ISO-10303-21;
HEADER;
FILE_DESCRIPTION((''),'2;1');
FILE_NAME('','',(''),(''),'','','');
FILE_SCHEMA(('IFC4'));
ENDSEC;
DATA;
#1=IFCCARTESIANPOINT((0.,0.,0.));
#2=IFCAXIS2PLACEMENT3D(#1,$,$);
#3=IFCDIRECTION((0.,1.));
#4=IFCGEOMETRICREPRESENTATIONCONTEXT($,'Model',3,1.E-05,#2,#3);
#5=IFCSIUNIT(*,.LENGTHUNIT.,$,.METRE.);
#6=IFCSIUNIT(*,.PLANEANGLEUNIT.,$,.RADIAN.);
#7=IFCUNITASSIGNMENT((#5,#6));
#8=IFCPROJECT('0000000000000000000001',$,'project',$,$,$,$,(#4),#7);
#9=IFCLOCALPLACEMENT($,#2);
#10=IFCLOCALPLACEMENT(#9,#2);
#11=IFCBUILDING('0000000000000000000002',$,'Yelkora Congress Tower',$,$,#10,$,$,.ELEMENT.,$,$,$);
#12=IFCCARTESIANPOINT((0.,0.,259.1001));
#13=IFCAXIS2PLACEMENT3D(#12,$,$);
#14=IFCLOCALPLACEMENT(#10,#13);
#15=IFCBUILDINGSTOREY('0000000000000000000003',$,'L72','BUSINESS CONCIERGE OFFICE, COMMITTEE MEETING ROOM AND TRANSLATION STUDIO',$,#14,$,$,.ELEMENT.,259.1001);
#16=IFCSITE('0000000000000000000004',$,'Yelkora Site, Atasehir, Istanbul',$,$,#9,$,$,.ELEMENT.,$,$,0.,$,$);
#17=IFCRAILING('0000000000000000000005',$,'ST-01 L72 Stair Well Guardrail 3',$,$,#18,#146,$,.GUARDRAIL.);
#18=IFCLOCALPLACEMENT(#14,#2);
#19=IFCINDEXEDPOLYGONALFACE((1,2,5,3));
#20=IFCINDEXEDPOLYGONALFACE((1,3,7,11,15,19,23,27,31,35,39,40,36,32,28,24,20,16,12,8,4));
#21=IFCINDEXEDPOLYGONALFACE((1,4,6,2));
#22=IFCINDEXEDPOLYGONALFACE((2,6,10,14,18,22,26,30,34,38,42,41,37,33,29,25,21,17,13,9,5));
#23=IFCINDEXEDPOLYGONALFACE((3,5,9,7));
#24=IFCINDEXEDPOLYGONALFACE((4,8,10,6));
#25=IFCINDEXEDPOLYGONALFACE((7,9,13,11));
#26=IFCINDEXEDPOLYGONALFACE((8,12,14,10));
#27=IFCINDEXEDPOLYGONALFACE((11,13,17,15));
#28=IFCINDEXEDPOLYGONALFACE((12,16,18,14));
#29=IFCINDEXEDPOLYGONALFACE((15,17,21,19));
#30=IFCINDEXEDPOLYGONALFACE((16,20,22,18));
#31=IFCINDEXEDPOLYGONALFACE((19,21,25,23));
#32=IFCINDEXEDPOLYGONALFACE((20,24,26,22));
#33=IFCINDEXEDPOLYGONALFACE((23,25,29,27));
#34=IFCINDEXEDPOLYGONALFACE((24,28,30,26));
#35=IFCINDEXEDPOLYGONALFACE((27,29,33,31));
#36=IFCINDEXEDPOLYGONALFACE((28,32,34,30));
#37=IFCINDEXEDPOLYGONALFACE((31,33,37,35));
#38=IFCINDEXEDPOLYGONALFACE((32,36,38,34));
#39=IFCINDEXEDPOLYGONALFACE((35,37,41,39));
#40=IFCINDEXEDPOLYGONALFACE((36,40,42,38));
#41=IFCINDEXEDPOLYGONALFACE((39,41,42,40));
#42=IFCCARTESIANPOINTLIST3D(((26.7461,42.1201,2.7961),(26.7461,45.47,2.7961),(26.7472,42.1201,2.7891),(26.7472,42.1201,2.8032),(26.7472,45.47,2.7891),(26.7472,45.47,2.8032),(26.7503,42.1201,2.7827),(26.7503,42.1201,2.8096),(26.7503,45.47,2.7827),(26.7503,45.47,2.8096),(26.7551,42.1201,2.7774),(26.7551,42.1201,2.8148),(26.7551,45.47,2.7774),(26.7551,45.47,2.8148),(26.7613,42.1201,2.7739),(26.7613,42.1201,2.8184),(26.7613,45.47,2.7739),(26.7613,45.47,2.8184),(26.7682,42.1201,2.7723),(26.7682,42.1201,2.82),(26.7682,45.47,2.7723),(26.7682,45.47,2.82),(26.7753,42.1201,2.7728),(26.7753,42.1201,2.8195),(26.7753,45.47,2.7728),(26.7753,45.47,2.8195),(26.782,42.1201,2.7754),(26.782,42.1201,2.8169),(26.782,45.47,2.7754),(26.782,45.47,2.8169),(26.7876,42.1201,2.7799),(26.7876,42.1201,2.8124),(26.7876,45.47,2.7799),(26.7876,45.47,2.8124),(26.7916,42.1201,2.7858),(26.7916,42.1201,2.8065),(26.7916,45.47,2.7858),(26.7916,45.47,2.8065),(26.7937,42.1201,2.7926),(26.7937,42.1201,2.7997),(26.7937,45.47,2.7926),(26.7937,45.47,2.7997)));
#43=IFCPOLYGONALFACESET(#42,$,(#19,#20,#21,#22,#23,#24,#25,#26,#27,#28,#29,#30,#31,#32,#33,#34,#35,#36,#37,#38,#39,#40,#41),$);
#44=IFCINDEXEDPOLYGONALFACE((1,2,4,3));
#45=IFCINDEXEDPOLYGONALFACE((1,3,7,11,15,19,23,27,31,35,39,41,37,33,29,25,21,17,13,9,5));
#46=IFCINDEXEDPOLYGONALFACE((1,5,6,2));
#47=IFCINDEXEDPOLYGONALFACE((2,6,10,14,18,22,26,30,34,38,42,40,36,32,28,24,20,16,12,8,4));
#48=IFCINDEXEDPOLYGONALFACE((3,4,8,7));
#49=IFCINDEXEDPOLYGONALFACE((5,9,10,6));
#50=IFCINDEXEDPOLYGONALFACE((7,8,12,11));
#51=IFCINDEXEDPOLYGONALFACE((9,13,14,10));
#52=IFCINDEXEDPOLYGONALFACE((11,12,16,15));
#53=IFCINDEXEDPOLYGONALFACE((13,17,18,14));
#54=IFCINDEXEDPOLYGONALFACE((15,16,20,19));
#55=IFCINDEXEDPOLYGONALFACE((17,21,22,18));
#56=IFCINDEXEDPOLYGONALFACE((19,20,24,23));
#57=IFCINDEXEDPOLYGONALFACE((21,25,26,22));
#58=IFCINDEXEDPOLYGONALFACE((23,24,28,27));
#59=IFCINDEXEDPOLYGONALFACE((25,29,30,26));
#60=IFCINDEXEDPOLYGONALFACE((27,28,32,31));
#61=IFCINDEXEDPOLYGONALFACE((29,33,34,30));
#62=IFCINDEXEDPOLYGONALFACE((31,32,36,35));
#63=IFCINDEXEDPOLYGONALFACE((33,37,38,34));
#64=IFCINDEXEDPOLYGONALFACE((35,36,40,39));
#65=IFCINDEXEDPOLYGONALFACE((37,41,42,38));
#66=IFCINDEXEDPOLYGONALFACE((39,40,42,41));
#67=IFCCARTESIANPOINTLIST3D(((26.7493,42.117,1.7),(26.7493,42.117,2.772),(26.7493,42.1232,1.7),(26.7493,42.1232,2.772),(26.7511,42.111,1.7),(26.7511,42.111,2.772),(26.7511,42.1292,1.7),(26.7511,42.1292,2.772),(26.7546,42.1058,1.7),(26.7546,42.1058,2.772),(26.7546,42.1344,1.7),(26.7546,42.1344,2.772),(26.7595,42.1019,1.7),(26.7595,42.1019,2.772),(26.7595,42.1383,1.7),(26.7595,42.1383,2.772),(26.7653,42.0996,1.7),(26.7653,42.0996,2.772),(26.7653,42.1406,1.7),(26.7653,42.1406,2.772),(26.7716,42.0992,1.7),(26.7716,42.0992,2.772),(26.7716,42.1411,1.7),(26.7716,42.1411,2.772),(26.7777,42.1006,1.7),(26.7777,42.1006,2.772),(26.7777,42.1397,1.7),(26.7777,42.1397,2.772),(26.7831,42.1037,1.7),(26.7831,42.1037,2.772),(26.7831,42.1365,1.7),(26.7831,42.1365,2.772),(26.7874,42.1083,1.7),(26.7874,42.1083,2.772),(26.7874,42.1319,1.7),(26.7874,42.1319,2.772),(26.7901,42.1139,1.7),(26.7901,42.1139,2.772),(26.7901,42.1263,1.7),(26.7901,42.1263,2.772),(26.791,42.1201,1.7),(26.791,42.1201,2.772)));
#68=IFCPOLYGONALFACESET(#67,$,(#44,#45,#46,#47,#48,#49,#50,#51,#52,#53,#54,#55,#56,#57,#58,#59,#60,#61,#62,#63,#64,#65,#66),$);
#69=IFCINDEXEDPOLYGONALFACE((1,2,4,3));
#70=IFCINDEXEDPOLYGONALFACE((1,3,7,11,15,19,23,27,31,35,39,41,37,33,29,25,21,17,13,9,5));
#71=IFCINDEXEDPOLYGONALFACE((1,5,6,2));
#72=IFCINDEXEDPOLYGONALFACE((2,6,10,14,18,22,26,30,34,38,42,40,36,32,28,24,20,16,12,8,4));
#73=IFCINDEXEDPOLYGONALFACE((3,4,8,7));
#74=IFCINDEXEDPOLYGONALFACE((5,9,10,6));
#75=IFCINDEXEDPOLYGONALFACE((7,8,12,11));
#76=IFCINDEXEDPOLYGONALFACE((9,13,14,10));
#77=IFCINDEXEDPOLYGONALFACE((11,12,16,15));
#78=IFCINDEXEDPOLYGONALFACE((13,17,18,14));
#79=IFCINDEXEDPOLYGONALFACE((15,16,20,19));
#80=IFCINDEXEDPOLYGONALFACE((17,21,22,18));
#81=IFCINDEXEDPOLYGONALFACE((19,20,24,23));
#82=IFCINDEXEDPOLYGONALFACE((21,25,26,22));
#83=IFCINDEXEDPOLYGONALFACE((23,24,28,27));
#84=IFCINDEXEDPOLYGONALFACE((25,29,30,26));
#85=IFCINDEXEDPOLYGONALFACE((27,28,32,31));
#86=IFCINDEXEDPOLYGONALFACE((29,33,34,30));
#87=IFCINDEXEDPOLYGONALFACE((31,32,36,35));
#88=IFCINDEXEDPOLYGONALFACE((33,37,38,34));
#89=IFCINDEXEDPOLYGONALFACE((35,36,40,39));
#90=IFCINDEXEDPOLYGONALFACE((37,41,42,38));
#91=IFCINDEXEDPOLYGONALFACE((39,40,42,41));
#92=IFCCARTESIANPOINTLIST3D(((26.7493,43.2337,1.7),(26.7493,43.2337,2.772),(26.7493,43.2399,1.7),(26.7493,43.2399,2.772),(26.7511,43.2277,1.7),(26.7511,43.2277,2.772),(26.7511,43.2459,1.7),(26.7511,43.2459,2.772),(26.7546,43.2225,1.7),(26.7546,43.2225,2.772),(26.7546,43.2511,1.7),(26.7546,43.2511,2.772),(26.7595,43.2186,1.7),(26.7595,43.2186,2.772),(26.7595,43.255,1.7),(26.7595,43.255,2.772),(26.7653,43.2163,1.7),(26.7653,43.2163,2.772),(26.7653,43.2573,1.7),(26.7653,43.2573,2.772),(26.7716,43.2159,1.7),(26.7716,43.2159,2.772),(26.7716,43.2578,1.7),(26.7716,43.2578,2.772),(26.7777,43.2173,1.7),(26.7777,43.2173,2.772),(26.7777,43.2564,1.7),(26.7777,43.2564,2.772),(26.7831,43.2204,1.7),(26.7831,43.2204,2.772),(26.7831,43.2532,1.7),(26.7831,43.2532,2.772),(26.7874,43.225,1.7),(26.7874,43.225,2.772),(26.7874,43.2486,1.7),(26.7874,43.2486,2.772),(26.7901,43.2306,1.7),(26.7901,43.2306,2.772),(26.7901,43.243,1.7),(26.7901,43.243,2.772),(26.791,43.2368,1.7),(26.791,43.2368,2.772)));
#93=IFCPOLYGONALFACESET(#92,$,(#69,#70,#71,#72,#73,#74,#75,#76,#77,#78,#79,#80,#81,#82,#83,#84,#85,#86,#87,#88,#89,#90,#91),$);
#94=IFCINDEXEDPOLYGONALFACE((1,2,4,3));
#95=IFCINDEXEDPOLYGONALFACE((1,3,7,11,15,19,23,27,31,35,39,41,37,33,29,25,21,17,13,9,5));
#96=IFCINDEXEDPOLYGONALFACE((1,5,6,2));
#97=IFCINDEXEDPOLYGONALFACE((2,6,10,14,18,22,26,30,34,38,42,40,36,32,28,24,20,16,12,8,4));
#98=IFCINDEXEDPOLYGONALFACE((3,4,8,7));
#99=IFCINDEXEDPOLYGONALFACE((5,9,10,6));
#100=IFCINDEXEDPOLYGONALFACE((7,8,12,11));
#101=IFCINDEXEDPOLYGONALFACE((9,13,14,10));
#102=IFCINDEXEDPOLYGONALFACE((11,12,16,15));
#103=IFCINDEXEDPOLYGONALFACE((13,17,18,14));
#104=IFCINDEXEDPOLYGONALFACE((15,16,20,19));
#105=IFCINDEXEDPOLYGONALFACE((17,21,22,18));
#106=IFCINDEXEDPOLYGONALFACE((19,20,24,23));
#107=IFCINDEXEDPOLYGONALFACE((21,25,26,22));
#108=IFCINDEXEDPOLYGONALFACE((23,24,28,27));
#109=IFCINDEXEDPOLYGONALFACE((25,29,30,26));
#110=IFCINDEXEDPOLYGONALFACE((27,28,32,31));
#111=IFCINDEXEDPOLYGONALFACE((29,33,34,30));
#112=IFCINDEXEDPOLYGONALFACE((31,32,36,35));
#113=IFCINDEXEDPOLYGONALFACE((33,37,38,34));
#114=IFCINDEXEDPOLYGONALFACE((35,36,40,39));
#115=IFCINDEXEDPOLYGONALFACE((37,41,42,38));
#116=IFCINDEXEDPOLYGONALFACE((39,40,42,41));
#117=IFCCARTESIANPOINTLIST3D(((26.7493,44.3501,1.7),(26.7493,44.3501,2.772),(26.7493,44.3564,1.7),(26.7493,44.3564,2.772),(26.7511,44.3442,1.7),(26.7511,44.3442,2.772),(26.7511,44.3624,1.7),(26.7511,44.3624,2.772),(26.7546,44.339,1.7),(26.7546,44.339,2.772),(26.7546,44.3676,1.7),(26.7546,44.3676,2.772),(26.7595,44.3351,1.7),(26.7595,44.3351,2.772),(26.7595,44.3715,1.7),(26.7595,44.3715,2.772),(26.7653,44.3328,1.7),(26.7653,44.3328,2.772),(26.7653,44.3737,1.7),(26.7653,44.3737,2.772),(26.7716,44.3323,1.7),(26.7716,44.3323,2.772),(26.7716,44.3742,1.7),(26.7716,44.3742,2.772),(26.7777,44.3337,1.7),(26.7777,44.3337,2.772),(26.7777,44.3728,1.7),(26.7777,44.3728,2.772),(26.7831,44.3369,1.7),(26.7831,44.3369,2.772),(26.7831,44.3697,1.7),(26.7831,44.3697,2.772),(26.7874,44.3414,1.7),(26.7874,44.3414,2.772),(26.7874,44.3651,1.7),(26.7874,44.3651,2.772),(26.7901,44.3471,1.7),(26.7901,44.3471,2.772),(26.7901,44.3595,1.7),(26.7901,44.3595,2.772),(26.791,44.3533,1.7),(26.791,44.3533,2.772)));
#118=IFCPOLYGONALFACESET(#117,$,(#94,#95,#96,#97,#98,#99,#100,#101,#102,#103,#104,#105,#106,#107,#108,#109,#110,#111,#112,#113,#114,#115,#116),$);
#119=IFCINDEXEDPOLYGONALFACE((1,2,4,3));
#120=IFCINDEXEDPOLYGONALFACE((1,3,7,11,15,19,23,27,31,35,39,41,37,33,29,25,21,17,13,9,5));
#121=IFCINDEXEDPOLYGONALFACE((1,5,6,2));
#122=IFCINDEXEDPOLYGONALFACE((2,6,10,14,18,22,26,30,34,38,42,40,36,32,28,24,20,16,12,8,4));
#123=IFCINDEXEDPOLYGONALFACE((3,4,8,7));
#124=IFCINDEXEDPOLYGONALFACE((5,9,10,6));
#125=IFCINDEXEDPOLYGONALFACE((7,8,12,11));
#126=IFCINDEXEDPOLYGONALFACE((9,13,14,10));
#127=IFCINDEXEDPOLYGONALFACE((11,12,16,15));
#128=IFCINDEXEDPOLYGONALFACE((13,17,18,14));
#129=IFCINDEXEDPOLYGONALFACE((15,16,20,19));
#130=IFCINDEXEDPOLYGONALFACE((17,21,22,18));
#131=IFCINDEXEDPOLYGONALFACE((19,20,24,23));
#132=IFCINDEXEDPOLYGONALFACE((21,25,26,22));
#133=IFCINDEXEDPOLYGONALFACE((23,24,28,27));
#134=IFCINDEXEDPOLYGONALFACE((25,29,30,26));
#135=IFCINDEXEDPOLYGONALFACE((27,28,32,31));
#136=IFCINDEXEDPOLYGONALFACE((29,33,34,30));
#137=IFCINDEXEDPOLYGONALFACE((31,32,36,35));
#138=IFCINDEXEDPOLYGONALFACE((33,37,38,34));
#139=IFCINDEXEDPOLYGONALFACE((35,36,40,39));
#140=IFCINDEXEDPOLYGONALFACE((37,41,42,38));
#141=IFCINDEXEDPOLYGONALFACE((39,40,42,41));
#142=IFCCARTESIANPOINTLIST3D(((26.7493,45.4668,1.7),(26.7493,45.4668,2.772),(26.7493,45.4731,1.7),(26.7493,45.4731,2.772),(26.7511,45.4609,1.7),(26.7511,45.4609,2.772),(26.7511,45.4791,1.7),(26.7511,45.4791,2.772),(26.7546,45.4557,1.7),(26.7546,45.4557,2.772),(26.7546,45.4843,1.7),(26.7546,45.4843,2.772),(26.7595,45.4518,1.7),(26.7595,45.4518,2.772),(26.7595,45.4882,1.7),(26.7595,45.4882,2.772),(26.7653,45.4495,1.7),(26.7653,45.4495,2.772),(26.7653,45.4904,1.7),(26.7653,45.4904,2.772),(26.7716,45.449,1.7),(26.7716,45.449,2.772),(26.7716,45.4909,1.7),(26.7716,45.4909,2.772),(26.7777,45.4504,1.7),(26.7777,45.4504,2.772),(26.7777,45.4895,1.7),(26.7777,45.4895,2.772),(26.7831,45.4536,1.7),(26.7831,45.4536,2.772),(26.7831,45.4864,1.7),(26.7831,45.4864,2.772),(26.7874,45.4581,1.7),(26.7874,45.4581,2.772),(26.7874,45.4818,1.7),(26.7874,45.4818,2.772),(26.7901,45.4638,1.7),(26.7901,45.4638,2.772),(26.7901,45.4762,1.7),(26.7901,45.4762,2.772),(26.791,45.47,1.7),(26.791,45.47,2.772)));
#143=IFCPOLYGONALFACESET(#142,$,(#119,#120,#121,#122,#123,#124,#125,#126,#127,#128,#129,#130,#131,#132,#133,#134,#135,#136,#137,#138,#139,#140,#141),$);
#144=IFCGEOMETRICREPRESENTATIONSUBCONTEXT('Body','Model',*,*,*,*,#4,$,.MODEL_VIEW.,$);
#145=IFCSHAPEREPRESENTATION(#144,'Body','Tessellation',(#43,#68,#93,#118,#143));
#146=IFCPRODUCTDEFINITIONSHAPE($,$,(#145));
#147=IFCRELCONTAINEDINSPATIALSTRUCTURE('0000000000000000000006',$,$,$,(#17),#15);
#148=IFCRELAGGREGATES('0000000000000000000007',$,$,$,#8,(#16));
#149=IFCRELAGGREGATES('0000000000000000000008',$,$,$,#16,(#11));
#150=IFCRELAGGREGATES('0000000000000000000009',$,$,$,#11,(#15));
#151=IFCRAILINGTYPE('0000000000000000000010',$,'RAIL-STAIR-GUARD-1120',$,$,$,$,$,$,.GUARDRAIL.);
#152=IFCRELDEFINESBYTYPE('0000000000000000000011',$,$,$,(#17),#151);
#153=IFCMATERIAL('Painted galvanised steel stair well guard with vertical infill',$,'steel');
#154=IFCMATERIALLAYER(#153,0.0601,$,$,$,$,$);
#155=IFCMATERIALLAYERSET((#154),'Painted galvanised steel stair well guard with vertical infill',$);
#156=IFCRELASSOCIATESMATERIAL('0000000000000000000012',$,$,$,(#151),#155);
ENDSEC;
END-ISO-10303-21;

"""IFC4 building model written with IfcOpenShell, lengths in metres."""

from ifc_helpers import new_model, si_unit, direction, frame, origin, origin_2d, place, context, subcontext, project, spatial, circle, extrude, material, layer, layer_set, type_object, element, save


model = new_model("IFC4")

# Units and contexts
model_context = context("Model", 3, precision=1e-05, world=origin(), true_north=direction((0.0, 1.0)))
body_context = subcontext(model_context, "Body", "Model", "MODEL_VIEW")
ifc_project = project(units=[si_unit("LENGTHUNIT", "METRE"), si_unit("PLANEANGLEUNIT", "RADIAN")], contexts=[model_context])

# Site, building, storey
site_placement = place(None, origin())
site = spatial("IfcSite", under=ifc_project, at=site_placement, Name="Yelkora Site, Atasehir, Istanbul", CompositionType="ELEMENT", RefElevation=0.0)
building_placement = place(site_placement, origin())
building = spatial("IfcBuilding", under=site, at=building_placement, Name="Yelkora Congress Tower", CompositionType="ELEMENT")
storey_placement = place(building_placement, frame((0.0, 0.0, 259.1001)))
storey = spatial("IfcBuildingStorey", under=building, at=storey_placement, Name="L72", Description="BUSINESS CONCIERGE OFFICE, COMMITTEE MEETING ROOM AND TRANSLATION STUDIO", CompositionType="ELEMENT", Elevation=259.1001)

# Railing
ifc_material_1 = material(Name="Painted galvanised steel stair well guard with vertical infill", Category="steel")
ifc_layer_1 = layer(ifc_material_1, 0.0601)
ifc_layer_set_1 = layer_set([ifc_layer_1], Name="Painted galvanised steel stair well guard with vertical infill")
railing_type = type_object("IfcRailingType", Name="RAIL-STAIR-GUARD-1120", PredefinedType="GUARDRAIL", material=ifc_layer_set_1)
railing_1_placement = place(storey_placement, frame((26.77, 42.1201, 1.7)))
element("IfcRailing", 1, at=railing_1_placement, inside=storey, type_object=railing_type, Name="ST-01 L72 Stair Well Guardrail 3", PredefinedType="GUARDRAIL", context=body_context, shape_type="SweptSolid", body=[
    extrude(circle(Radius=0.0239, at=origin_2d()), frame((0.0, 0.0, 1.0962), z_axis=(0.0, 1.0, 0.0), x_axis=(-1.0, 0.0, 0.0)), (0.0, 0.0, 1.0), 3.3499),
    extrude(circle(Radius=0.021, at=origin_2d()), origin(), (0.0, 0.0, 1.0), 1.072),
    extrude(circle(Radius=0.021, at=origin_2d()), frame((0.0, 1.1167, 0.0)), (0.0, 0.0, 1.0), 1.072),
    extrude(circle(Radius=0.021, at=origin_2d()), frame((0.0, 2.2332, 0.0)), (0.0, 0.0, 1.0), 1.072),
    extrude(circle(Radius=0.021, at=origin_2d()), frame((0.0, 3.3499, 0.0)), (0.0, 0.0, 1.0), 1.072),
])

save(model, "model.ifc")
